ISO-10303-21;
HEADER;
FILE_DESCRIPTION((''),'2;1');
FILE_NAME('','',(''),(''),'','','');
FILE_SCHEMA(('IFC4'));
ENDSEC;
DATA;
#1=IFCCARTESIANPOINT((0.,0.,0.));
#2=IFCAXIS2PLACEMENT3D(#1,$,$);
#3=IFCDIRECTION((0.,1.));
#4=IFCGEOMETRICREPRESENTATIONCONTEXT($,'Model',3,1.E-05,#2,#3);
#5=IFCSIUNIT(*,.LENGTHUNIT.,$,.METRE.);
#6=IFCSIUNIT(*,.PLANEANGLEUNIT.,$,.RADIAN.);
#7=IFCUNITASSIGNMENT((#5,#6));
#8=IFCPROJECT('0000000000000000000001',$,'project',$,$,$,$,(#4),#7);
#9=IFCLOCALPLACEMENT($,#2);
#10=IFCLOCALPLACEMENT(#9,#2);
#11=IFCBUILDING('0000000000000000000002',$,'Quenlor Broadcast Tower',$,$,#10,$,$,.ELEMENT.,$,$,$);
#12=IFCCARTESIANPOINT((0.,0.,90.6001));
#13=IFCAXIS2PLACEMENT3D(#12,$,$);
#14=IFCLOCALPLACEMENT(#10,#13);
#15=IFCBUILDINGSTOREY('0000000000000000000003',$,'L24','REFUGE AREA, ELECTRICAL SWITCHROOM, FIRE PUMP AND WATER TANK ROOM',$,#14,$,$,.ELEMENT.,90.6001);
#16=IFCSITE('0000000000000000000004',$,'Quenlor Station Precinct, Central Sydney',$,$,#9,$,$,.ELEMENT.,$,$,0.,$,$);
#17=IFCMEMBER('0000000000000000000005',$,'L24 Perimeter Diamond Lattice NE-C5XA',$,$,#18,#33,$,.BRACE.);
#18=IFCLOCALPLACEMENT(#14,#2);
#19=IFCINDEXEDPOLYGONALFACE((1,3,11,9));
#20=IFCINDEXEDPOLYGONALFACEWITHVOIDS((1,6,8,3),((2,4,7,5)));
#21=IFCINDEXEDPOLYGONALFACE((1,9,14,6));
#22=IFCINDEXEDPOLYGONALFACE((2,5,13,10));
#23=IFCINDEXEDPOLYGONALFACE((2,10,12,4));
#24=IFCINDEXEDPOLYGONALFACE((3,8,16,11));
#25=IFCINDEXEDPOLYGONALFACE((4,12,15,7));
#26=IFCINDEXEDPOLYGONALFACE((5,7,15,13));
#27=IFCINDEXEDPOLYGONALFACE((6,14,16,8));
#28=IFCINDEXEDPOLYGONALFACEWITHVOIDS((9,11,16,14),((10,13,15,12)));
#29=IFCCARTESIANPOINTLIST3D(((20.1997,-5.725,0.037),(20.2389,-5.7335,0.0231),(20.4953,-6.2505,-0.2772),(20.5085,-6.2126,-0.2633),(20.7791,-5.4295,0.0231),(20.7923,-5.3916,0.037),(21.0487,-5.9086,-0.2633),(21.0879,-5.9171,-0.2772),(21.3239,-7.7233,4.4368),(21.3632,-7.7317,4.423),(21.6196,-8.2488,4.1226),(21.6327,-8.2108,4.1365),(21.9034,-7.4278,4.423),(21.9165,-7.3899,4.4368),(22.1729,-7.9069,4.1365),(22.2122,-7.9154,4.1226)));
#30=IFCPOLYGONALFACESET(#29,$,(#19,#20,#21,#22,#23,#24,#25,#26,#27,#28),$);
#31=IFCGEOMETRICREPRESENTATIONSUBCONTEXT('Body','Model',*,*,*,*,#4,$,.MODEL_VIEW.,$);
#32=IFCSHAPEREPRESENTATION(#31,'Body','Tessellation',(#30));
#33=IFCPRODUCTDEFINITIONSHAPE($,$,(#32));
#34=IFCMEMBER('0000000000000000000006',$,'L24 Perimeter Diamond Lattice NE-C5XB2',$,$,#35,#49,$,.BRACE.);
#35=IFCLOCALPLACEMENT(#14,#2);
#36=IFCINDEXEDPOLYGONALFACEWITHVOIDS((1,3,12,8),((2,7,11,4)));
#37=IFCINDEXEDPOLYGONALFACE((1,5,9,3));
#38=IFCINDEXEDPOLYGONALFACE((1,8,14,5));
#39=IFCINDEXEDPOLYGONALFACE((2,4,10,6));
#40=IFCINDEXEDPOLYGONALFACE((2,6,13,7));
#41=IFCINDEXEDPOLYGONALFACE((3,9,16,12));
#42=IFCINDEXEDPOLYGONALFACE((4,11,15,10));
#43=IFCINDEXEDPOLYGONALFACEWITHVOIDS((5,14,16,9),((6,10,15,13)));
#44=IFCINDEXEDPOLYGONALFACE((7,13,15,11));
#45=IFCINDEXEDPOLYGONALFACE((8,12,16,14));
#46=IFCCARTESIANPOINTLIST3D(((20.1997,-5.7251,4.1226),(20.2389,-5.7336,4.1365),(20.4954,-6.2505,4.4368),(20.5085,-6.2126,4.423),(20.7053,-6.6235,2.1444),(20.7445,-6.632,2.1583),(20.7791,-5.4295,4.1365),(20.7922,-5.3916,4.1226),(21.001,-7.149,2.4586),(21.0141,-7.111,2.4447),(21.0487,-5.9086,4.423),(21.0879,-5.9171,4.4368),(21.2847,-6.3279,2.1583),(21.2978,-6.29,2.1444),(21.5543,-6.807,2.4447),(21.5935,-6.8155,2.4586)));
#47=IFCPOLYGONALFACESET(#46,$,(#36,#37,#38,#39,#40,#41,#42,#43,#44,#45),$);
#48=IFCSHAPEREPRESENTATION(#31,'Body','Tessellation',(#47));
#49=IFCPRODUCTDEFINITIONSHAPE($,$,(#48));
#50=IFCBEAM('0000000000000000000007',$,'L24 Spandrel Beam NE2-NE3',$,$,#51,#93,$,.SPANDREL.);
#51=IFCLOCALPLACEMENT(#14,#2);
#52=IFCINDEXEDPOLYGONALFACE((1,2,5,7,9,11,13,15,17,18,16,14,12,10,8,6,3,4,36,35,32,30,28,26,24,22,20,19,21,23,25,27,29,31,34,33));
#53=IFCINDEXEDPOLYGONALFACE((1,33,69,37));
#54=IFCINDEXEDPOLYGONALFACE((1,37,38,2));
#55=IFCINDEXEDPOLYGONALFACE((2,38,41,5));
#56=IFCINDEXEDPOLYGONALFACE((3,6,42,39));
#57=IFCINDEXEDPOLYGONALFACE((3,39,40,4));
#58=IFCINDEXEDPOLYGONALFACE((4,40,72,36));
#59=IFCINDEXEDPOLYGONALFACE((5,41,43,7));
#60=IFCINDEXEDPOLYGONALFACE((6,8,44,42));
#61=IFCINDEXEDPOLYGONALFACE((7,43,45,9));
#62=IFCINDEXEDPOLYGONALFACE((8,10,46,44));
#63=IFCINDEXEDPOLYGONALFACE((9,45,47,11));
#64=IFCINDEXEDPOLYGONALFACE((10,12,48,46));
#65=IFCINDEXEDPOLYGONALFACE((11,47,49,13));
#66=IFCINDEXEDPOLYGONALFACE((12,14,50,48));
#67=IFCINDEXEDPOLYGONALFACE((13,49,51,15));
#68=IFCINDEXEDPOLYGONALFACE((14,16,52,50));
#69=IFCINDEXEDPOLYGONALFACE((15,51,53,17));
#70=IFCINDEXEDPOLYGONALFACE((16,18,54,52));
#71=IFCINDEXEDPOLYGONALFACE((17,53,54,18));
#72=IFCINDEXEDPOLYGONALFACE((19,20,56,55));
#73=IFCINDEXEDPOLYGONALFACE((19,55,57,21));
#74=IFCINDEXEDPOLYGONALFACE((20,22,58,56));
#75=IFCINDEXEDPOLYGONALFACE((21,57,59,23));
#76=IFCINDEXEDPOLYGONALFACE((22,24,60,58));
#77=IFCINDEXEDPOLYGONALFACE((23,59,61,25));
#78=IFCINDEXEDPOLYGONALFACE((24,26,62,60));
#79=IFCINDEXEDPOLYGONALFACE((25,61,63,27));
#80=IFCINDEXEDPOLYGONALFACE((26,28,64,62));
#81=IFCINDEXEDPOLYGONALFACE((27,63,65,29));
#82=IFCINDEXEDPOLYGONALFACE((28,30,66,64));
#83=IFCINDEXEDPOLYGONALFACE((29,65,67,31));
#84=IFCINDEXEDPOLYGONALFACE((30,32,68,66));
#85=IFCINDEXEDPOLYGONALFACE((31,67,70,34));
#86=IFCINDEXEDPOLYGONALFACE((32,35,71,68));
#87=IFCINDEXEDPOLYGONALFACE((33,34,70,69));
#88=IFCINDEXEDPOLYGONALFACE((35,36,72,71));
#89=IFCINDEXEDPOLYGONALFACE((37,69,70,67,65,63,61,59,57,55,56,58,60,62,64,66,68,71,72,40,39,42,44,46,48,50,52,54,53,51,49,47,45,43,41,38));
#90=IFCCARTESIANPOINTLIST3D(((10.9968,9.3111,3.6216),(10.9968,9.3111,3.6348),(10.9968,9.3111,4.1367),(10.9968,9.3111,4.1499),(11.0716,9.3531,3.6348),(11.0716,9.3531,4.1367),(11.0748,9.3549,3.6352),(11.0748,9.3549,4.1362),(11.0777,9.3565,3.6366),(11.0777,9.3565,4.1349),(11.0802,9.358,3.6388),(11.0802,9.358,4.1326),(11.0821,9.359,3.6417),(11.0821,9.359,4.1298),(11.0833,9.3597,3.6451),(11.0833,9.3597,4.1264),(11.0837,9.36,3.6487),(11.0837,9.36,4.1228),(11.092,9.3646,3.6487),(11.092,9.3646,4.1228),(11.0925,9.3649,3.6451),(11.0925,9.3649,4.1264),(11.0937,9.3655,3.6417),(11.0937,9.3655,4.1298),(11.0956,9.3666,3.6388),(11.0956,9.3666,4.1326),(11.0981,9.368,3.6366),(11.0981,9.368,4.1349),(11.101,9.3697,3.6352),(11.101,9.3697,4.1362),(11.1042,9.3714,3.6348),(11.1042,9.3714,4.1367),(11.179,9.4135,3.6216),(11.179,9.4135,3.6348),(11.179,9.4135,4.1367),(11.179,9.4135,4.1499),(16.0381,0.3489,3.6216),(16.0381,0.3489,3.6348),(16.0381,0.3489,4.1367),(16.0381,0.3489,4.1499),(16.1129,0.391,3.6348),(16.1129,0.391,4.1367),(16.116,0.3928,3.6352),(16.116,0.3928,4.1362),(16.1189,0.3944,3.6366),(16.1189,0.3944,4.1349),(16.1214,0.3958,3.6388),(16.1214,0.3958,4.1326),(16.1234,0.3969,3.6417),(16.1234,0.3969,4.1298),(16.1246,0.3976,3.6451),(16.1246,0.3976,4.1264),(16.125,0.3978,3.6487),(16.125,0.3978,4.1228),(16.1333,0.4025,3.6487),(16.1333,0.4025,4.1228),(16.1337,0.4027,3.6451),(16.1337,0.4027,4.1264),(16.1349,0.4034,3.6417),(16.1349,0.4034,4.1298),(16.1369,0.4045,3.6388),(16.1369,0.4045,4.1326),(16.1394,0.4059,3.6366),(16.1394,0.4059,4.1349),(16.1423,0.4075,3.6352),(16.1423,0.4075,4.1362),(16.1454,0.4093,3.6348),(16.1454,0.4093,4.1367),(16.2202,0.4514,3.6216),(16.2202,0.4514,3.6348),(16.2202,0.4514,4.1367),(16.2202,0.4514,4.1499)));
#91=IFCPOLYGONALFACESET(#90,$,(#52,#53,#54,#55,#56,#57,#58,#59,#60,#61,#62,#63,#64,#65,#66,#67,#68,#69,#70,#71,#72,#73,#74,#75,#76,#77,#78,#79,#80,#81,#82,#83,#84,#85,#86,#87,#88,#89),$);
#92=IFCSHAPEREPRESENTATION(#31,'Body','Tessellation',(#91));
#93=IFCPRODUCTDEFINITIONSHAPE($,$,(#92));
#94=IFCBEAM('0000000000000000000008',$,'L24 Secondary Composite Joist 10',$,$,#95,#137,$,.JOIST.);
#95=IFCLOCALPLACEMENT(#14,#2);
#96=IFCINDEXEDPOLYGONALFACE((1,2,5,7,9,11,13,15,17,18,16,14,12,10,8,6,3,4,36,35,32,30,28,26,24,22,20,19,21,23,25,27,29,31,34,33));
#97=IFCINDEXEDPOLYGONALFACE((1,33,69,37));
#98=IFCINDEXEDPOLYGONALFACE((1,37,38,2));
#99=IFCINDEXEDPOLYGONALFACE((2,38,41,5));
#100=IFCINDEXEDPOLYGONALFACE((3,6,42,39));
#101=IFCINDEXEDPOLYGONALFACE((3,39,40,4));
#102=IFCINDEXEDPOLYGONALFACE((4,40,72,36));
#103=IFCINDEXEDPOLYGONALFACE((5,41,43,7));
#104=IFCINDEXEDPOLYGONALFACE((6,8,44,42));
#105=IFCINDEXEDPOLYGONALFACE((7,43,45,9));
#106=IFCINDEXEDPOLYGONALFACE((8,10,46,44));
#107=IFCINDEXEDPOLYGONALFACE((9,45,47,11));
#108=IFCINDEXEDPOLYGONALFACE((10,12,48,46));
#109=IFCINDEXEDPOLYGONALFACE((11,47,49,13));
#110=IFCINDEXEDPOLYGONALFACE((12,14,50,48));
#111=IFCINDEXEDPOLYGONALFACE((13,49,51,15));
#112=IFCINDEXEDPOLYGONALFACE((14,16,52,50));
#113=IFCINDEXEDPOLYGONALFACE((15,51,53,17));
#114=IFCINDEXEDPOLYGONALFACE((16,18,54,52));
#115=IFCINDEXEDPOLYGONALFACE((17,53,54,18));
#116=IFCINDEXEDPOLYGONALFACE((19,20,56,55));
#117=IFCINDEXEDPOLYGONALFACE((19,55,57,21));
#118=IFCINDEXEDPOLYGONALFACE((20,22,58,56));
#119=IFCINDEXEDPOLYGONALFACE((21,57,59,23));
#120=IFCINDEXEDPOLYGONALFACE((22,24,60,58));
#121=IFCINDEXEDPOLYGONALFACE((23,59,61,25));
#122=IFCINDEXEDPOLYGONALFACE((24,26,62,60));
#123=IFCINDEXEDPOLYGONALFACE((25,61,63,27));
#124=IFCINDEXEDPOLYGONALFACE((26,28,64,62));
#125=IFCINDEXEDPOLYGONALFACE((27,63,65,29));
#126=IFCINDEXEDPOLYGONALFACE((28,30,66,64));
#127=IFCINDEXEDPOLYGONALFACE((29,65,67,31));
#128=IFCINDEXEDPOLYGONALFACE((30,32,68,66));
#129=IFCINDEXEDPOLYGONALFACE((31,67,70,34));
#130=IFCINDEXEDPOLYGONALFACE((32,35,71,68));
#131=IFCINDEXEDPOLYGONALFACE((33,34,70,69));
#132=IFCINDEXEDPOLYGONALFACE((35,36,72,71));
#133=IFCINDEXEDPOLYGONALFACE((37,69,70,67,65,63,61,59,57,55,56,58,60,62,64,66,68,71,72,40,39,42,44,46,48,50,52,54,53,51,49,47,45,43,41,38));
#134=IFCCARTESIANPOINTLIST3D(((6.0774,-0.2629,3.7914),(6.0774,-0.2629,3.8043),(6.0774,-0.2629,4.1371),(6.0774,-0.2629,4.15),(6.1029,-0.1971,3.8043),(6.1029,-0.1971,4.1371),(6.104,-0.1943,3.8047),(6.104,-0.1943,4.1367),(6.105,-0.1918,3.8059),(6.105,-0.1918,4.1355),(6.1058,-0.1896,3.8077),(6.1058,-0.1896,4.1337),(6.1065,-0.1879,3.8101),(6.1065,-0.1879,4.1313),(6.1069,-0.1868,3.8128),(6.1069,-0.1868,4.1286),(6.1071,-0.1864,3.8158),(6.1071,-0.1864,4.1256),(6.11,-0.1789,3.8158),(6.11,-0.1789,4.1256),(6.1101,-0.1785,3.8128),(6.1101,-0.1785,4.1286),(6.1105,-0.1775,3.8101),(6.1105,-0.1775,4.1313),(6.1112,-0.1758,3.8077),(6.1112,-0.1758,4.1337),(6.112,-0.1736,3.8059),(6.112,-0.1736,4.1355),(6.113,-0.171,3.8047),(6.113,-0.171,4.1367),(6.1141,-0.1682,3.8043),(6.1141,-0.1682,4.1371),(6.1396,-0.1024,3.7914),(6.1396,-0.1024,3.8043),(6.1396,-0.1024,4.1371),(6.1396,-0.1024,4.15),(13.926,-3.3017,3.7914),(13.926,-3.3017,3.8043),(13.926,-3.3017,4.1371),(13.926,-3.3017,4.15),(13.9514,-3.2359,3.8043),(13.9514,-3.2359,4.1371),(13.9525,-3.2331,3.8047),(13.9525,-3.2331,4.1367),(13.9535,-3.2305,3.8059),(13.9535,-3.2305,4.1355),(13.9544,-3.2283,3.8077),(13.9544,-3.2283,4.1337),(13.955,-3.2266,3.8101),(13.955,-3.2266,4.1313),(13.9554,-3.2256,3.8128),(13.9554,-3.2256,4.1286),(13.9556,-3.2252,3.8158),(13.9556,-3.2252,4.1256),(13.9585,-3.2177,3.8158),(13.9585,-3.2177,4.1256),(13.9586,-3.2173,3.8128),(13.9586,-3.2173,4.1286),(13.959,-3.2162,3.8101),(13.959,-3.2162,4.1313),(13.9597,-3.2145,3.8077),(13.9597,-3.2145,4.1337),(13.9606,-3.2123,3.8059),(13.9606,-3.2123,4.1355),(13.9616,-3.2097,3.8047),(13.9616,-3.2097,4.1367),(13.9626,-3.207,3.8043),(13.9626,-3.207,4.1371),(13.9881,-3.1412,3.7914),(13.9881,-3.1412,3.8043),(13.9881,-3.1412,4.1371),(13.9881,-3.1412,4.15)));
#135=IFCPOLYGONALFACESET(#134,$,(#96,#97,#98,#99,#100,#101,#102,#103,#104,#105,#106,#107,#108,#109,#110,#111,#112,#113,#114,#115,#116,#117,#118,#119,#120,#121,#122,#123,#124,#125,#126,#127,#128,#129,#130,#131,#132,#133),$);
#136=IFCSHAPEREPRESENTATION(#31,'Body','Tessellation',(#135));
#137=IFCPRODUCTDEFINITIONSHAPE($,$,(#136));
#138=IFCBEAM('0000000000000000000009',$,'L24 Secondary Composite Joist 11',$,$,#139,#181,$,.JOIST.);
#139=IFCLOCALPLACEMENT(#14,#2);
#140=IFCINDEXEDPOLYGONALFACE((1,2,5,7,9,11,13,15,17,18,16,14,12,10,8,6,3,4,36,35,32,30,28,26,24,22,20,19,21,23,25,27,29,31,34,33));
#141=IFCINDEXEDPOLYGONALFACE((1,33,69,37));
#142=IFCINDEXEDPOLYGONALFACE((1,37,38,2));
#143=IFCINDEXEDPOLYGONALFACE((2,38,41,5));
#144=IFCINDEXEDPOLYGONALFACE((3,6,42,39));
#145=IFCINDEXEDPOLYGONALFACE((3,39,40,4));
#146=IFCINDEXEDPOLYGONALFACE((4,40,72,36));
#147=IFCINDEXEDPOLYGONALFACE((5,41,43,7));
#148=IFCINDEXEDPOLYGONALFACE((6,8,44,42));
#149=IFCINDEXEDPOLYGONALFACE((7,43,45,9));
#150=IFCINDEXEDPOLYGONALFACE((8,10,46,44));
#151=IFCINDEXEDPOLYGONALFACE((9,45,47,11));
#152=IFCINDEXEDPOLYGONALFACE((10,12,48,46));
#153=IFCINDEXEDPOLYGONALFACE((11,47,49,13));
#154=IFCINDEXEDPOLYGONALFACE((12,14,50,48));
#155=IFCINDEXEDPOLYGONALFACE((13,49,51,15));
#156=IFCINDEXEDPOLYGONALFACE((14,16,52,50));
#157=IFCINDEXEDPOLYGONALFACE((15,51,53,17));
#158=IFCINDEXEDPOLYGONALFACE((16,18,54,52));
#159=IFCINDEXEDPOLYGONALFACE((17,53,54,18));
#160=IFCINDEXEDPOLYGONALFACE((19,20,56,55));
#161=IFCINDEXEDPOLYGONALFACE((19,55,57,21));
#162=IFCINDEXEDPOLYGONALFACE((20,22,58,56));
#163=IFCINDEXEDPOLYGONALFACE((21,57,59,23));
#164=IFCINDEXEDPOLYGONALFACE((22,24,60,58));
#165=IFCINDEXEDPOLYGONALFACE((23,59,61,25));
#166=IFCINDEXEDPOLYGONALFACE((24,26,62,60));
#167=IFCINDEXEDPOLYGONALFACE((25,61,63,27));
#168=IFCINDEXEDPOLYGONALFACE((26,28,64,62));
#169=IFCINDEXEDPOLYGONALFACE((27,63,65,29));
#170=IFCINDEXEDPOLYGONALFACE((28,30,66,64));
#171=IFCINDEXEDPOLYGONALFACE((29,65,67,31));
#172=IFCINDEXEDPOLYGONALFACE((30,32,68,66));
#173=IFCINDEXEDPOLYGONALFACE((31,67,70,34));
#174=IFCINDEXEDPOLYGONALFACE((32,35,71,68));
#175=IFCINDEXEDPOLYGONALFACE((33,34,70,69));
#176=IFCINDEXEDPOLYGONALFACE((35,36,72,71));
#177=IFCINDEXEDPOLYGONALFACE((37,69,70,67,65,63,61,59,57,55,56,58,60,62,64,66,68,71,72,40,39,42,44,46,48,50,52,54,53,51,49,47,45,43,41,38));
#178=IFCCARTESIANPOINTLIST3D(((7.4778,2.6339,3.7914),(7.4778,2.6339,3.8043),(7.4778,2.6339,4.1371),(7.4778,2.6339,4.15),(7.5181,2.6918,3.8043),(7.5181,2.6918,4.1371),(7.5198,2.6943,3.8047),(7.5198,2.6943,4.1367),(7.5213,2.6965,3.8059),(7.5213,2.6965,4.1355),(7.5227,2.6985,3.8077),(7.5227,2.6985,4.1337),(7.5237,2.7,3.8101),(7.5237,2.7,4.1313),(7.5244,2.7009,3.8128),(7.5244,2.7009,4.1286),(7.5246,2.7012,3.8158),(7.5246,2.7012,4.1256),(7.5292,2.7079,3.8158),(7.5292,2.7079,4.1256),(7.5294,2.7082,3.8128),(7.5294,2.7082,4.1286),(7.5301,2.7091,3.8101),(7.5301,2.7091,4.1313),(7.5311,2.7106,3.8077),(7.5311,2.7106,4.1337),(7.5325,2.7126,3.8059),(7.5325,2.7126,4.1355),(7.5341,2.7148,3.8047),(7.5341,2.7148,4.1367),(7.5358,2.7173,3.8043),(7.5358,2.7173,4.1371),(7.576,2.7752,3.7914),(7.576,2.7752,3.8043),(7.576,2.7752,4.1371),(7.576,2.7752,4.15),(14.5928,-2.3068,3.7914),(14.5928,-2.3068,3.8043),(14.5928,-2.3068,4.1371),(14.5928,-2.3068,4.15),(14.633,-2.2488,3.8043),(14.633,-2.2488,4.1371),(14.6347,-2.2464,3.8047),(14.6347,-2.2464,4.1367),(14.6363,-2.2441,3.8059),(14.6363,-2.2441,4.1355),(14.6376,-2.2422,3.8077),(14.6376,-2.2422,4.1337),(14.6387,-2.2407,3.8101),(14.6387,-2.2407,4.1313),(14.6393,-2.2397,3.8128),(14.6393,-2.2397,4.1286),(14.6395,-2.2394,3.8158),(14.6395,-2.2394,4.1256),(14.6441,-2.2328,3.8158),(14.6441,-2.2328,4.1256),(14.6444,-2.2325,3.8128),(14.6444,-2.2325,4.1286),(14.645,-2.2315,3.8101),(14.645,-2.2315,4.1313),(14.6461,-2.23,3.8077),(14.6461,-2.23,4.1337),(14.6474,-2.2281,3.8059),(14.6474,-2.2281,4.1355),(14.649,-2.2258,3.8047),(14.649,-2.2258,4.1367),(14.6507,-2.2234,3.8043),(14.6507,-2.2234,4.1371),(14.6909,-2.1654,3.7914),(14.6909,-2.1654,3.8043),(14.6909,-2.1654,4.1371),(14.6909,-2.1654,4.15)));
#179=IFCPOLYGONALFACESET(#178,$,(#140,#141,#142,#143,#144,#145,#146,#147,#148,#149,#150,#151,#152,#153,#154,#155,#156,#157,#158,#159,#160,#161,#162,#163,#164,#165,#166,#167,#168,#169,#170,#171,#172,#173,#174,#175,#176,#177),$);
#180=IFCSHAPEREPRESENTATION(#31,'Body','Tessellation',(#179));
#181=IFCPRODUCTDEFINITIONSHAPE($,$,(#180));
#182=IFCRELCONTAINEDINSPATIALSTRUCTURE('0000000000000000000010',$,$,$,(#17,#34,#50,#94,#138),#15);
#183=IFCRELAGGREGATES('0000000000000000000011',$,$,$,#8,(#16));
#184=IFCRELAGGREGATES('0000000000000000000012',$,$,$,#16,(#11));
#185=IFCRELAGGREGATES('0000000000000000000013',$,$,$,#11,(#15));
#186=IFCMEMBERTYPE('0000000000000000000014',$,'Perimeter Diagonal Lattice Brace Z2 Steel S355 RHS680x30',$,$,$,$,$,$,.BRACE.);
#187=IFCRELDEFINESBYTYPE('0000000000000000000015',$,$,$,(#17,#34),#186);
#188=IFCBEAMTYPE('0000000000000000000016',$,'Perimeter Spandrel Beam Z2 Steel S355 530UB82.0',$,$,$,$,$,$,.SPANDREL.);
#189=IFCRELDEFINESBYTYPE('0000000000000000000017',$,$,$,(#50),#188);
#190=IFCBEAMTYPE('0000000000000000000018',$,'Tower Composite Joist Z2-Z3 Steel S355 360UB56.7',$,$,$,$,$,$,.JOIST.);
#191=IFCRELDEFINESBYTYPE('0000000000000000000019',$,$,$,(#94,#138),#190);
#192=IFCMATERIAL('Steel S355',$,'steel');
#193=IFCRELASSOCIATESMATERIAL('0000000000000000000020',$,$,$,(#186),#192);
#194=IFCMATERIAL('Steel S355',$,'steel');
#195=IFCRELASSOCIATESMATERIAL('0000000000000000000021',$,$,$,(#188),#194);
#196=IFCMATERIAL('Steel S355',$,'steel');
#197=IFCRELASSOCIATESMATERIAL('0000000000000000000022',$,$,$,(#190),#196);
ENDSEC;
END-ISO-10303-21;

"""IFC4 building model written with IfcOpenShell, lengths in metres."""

from ifc_helpers import new_model, si_unit, direction, frame, origin, origin_2d, place, context, subcontext, project, spatial, hollow_rectangle, i_section, extrude, material, material_profile, profile_set, type_object, element, save


model = new_model("IFC4")

# Units and contexts
model_context = context("Model", 3, precision=1e-05, world=origin(), true_north=direction((0.0, 1.0)))
body_context = subcontext(model_context, "Body", "Model", "MODEL_VIEW")
ifc_project = project(units=[si_unit("LENGTHUNIT", "METRE"), si_unit("PLANEANGLEUNIT", "RADIAN")], contexts=[model_context])

# Site, building, storey
site_placement = place(None, origin())
site = spatial("IfcSite", under=ifc_project, at=site_placement, Name="Quenlor Station Precinct, Central Sydney", CompositionType="ELEMENT", RefElevation=0.0)
building_placement = place(site_placement, origin())
building = spatial("IfcBuilding", under=site, at=building_placement, Name="Quenlor Broadcast Tower", CompositionType="ELEMENT")
storey_placement = place(building_placement, frame((0.0, 0.0, 90.6001)))
storey = spatial("IfcBuildingStorey", under=building, at=storey_placement, Name="L24", Description="REFUGE AREA, ELECTRICAL SWITCHROOM, FIRE PUMP AND WATER TANK ROOM", CompositionType="ELEMENT", Elevation=90.6001)

# Members
ifc_material_1 = material(Name="Steel S355", Category="steel")
ifc_material_profile_1 = material_profile(ifc_material_1, hollow_rectangle(XDim=0.6799, YDim=0.6799, WallThickness=0.03, at=origin_2d()))
ifc_profile_set_1 = profile_set([ifc_material_profile_1], Name="Steel S355 RHS680x680x30")
member_type_1 = type_object("IfcMemberType", Name="Perimeter Diagonal Lattice Brace Z2 Steel S355 RHS680x30", PredefinedType="BRACE", material=ifc_profile_set_1)
member_1_placement = place(storey_placement, frame((20.6438, -5.821, -0.1201), z_axis=(0.226599, -0.402761, 0.886812), x_axis=(0.871533, 0.490337, 0.0)))
element("IfcMember", 1, at=member_1_placement, inside=storey, type_object=member_type_1, Name="L24 Perimeter Diamond Lattice NE-C5XA", PredefinedType="BRACE", context=body_context, shape_type="SweptSolid", body=[
    extrude(hollow_rectangle(XDim=0.6799, YDim=0.6799, WallThickness=0.03, at=origin_2d()), origin(), (0.0, 0.0, 1.0), 4.9614),
])
member_2_placement = place(storey_placement, frame((21.1494, -6.7195, 2.3015), z_axis=(-0.226654, 0.402745, 0.886806), x_axis=(-0.871474, -0.490441, 0.0)))
element("IfcMember", 2, at=member_2_placement, inside=storey, type_object=member_type_1, Name="L24 Perimeter Diamond Lattice NE-C5XB2", PredefinedType="BRACE", context=body_context, shape_type="SweptSolid", body=[
    extrude(hollow_rectangle(XDim=0.6799, YDim=0.6799, WallThickness=0.03, at=origin_2d()), origin(), (0.0, 0.0, 1.0), 2.2307),
])

# Beams
ifc_material_2 = material(Name="Steel S355", Category="steel")
ifc_material_profile_2 = material_profile(ifc_material_2, i_section(OverallWidth=0.209, OverallDepth=0.5283, WebThickness=0.0095, FlangeThickness=0.0132, FilletRadius=0.0139, at=origin_2d()))
ifc_profile_set_2 = profile_set([ifc_material_profile_2], Name="Steel S355 530UB82.0")
beam_type_1 = type_object("IfcBeamType", Name="Perimeter Spandrel Beam Z2 Steel S355 530UB82.0", PredefinedType="SPANDREL", material=ifc_profile_set_2)
beam_1_placement = place(storey_placement, frame((16.1292, 0.4001, 3.8857), z_axis=(-0.490265, 0.871574, 0.0), x_axis=(-0.871574, -0.490265, 0.0)))
element("IfcBeam", 3, at=beam_1_placement, inside=storey, type_object=beam_type_1, Name="L24 Spandrel Beam NE2-NE3", PredefinedType="SPANDREL", context=body_context, shape_type="SweptSolid", body=[
    extrude(i_section(OverallWidth=0.209, OverallDepth=0.5283, WebThickness=0.0095, FlangeThickness=0.0132, FilletRadius=0.0139, at=origin_2d()), origin(), (0.0, 0.0, 1.0), 10.2827),
])
ifc_material_3 = material(Name="Steel S355", Category="steel")
ifc_material_profile_3 = material_profile(ifc_material_3, i_section(OverallWidth=0.1721, OverallDepth=0.3586, WebThickness=0.0081, FlangeThickness=0.0129, FilletRadius=0.0115, at=origin_2d()))
ifc_profile_set_3 = profile_set([ifc_material_profile_3], Name="Steel S355 360UB56.7")
beam_type_2 = type_object("IfcBeamType", Name="Tower Composite Joist Z2-Z3 Steel S355 360UB56.7", PredefinedType="JOIST", material=ifc_profile_set_3)
beam_2_placement = place(storey_placement, frame((13.957, -3.2214, 3.9707), z_axis=(-0.932543, 0.36106, 0.0), x_axis=(-0.36106, -0.932543, 0.0)))
element("IfcBeam", 4, at=beam_2_placement, inside=storey, type_object=beam_type_2, Name="L24 Secondary Composite Joist 10", PredefinedType="JOIST", context=body_context, shape_type="SweptSolid", body=[
    extrude(i_section(OverallWidth=0.1721, OverallDepth=0.3586, WebThickness=0.0081, FlangeThickness=0.0129, FilletRadius=0.0115, at=origin_2d()), origin(), (0.0, 0.0, 1.0), 8.4163),
])
beam_3_placement = place(storey_placement, frame((14.6418, -2.2361, 3.9707), z_axis=(-0.821386, 0.570373, 0.0), x_axis=(-0.570373, -0.821386, 0.0)))
element("IfcBeam", 5, at=beam_3_placement, inside=storey, type_object=beam_type_2, Name="L24 Secondary Composite Joist 11", PredefinedType="JOIST", context=body_context, shape_type="SweptSolid", body=[
    extrude(i_section(OverallWidth=0.1721, OverallDepth=0.3586, WebThickness=0.0081, FlangeThickness=0.0129, FilletRadius=0.0115, at=origin_2d()), origin(), (0.0, 0.0, 1.0), 8.6621),
])

save(model, "model.ifc")
